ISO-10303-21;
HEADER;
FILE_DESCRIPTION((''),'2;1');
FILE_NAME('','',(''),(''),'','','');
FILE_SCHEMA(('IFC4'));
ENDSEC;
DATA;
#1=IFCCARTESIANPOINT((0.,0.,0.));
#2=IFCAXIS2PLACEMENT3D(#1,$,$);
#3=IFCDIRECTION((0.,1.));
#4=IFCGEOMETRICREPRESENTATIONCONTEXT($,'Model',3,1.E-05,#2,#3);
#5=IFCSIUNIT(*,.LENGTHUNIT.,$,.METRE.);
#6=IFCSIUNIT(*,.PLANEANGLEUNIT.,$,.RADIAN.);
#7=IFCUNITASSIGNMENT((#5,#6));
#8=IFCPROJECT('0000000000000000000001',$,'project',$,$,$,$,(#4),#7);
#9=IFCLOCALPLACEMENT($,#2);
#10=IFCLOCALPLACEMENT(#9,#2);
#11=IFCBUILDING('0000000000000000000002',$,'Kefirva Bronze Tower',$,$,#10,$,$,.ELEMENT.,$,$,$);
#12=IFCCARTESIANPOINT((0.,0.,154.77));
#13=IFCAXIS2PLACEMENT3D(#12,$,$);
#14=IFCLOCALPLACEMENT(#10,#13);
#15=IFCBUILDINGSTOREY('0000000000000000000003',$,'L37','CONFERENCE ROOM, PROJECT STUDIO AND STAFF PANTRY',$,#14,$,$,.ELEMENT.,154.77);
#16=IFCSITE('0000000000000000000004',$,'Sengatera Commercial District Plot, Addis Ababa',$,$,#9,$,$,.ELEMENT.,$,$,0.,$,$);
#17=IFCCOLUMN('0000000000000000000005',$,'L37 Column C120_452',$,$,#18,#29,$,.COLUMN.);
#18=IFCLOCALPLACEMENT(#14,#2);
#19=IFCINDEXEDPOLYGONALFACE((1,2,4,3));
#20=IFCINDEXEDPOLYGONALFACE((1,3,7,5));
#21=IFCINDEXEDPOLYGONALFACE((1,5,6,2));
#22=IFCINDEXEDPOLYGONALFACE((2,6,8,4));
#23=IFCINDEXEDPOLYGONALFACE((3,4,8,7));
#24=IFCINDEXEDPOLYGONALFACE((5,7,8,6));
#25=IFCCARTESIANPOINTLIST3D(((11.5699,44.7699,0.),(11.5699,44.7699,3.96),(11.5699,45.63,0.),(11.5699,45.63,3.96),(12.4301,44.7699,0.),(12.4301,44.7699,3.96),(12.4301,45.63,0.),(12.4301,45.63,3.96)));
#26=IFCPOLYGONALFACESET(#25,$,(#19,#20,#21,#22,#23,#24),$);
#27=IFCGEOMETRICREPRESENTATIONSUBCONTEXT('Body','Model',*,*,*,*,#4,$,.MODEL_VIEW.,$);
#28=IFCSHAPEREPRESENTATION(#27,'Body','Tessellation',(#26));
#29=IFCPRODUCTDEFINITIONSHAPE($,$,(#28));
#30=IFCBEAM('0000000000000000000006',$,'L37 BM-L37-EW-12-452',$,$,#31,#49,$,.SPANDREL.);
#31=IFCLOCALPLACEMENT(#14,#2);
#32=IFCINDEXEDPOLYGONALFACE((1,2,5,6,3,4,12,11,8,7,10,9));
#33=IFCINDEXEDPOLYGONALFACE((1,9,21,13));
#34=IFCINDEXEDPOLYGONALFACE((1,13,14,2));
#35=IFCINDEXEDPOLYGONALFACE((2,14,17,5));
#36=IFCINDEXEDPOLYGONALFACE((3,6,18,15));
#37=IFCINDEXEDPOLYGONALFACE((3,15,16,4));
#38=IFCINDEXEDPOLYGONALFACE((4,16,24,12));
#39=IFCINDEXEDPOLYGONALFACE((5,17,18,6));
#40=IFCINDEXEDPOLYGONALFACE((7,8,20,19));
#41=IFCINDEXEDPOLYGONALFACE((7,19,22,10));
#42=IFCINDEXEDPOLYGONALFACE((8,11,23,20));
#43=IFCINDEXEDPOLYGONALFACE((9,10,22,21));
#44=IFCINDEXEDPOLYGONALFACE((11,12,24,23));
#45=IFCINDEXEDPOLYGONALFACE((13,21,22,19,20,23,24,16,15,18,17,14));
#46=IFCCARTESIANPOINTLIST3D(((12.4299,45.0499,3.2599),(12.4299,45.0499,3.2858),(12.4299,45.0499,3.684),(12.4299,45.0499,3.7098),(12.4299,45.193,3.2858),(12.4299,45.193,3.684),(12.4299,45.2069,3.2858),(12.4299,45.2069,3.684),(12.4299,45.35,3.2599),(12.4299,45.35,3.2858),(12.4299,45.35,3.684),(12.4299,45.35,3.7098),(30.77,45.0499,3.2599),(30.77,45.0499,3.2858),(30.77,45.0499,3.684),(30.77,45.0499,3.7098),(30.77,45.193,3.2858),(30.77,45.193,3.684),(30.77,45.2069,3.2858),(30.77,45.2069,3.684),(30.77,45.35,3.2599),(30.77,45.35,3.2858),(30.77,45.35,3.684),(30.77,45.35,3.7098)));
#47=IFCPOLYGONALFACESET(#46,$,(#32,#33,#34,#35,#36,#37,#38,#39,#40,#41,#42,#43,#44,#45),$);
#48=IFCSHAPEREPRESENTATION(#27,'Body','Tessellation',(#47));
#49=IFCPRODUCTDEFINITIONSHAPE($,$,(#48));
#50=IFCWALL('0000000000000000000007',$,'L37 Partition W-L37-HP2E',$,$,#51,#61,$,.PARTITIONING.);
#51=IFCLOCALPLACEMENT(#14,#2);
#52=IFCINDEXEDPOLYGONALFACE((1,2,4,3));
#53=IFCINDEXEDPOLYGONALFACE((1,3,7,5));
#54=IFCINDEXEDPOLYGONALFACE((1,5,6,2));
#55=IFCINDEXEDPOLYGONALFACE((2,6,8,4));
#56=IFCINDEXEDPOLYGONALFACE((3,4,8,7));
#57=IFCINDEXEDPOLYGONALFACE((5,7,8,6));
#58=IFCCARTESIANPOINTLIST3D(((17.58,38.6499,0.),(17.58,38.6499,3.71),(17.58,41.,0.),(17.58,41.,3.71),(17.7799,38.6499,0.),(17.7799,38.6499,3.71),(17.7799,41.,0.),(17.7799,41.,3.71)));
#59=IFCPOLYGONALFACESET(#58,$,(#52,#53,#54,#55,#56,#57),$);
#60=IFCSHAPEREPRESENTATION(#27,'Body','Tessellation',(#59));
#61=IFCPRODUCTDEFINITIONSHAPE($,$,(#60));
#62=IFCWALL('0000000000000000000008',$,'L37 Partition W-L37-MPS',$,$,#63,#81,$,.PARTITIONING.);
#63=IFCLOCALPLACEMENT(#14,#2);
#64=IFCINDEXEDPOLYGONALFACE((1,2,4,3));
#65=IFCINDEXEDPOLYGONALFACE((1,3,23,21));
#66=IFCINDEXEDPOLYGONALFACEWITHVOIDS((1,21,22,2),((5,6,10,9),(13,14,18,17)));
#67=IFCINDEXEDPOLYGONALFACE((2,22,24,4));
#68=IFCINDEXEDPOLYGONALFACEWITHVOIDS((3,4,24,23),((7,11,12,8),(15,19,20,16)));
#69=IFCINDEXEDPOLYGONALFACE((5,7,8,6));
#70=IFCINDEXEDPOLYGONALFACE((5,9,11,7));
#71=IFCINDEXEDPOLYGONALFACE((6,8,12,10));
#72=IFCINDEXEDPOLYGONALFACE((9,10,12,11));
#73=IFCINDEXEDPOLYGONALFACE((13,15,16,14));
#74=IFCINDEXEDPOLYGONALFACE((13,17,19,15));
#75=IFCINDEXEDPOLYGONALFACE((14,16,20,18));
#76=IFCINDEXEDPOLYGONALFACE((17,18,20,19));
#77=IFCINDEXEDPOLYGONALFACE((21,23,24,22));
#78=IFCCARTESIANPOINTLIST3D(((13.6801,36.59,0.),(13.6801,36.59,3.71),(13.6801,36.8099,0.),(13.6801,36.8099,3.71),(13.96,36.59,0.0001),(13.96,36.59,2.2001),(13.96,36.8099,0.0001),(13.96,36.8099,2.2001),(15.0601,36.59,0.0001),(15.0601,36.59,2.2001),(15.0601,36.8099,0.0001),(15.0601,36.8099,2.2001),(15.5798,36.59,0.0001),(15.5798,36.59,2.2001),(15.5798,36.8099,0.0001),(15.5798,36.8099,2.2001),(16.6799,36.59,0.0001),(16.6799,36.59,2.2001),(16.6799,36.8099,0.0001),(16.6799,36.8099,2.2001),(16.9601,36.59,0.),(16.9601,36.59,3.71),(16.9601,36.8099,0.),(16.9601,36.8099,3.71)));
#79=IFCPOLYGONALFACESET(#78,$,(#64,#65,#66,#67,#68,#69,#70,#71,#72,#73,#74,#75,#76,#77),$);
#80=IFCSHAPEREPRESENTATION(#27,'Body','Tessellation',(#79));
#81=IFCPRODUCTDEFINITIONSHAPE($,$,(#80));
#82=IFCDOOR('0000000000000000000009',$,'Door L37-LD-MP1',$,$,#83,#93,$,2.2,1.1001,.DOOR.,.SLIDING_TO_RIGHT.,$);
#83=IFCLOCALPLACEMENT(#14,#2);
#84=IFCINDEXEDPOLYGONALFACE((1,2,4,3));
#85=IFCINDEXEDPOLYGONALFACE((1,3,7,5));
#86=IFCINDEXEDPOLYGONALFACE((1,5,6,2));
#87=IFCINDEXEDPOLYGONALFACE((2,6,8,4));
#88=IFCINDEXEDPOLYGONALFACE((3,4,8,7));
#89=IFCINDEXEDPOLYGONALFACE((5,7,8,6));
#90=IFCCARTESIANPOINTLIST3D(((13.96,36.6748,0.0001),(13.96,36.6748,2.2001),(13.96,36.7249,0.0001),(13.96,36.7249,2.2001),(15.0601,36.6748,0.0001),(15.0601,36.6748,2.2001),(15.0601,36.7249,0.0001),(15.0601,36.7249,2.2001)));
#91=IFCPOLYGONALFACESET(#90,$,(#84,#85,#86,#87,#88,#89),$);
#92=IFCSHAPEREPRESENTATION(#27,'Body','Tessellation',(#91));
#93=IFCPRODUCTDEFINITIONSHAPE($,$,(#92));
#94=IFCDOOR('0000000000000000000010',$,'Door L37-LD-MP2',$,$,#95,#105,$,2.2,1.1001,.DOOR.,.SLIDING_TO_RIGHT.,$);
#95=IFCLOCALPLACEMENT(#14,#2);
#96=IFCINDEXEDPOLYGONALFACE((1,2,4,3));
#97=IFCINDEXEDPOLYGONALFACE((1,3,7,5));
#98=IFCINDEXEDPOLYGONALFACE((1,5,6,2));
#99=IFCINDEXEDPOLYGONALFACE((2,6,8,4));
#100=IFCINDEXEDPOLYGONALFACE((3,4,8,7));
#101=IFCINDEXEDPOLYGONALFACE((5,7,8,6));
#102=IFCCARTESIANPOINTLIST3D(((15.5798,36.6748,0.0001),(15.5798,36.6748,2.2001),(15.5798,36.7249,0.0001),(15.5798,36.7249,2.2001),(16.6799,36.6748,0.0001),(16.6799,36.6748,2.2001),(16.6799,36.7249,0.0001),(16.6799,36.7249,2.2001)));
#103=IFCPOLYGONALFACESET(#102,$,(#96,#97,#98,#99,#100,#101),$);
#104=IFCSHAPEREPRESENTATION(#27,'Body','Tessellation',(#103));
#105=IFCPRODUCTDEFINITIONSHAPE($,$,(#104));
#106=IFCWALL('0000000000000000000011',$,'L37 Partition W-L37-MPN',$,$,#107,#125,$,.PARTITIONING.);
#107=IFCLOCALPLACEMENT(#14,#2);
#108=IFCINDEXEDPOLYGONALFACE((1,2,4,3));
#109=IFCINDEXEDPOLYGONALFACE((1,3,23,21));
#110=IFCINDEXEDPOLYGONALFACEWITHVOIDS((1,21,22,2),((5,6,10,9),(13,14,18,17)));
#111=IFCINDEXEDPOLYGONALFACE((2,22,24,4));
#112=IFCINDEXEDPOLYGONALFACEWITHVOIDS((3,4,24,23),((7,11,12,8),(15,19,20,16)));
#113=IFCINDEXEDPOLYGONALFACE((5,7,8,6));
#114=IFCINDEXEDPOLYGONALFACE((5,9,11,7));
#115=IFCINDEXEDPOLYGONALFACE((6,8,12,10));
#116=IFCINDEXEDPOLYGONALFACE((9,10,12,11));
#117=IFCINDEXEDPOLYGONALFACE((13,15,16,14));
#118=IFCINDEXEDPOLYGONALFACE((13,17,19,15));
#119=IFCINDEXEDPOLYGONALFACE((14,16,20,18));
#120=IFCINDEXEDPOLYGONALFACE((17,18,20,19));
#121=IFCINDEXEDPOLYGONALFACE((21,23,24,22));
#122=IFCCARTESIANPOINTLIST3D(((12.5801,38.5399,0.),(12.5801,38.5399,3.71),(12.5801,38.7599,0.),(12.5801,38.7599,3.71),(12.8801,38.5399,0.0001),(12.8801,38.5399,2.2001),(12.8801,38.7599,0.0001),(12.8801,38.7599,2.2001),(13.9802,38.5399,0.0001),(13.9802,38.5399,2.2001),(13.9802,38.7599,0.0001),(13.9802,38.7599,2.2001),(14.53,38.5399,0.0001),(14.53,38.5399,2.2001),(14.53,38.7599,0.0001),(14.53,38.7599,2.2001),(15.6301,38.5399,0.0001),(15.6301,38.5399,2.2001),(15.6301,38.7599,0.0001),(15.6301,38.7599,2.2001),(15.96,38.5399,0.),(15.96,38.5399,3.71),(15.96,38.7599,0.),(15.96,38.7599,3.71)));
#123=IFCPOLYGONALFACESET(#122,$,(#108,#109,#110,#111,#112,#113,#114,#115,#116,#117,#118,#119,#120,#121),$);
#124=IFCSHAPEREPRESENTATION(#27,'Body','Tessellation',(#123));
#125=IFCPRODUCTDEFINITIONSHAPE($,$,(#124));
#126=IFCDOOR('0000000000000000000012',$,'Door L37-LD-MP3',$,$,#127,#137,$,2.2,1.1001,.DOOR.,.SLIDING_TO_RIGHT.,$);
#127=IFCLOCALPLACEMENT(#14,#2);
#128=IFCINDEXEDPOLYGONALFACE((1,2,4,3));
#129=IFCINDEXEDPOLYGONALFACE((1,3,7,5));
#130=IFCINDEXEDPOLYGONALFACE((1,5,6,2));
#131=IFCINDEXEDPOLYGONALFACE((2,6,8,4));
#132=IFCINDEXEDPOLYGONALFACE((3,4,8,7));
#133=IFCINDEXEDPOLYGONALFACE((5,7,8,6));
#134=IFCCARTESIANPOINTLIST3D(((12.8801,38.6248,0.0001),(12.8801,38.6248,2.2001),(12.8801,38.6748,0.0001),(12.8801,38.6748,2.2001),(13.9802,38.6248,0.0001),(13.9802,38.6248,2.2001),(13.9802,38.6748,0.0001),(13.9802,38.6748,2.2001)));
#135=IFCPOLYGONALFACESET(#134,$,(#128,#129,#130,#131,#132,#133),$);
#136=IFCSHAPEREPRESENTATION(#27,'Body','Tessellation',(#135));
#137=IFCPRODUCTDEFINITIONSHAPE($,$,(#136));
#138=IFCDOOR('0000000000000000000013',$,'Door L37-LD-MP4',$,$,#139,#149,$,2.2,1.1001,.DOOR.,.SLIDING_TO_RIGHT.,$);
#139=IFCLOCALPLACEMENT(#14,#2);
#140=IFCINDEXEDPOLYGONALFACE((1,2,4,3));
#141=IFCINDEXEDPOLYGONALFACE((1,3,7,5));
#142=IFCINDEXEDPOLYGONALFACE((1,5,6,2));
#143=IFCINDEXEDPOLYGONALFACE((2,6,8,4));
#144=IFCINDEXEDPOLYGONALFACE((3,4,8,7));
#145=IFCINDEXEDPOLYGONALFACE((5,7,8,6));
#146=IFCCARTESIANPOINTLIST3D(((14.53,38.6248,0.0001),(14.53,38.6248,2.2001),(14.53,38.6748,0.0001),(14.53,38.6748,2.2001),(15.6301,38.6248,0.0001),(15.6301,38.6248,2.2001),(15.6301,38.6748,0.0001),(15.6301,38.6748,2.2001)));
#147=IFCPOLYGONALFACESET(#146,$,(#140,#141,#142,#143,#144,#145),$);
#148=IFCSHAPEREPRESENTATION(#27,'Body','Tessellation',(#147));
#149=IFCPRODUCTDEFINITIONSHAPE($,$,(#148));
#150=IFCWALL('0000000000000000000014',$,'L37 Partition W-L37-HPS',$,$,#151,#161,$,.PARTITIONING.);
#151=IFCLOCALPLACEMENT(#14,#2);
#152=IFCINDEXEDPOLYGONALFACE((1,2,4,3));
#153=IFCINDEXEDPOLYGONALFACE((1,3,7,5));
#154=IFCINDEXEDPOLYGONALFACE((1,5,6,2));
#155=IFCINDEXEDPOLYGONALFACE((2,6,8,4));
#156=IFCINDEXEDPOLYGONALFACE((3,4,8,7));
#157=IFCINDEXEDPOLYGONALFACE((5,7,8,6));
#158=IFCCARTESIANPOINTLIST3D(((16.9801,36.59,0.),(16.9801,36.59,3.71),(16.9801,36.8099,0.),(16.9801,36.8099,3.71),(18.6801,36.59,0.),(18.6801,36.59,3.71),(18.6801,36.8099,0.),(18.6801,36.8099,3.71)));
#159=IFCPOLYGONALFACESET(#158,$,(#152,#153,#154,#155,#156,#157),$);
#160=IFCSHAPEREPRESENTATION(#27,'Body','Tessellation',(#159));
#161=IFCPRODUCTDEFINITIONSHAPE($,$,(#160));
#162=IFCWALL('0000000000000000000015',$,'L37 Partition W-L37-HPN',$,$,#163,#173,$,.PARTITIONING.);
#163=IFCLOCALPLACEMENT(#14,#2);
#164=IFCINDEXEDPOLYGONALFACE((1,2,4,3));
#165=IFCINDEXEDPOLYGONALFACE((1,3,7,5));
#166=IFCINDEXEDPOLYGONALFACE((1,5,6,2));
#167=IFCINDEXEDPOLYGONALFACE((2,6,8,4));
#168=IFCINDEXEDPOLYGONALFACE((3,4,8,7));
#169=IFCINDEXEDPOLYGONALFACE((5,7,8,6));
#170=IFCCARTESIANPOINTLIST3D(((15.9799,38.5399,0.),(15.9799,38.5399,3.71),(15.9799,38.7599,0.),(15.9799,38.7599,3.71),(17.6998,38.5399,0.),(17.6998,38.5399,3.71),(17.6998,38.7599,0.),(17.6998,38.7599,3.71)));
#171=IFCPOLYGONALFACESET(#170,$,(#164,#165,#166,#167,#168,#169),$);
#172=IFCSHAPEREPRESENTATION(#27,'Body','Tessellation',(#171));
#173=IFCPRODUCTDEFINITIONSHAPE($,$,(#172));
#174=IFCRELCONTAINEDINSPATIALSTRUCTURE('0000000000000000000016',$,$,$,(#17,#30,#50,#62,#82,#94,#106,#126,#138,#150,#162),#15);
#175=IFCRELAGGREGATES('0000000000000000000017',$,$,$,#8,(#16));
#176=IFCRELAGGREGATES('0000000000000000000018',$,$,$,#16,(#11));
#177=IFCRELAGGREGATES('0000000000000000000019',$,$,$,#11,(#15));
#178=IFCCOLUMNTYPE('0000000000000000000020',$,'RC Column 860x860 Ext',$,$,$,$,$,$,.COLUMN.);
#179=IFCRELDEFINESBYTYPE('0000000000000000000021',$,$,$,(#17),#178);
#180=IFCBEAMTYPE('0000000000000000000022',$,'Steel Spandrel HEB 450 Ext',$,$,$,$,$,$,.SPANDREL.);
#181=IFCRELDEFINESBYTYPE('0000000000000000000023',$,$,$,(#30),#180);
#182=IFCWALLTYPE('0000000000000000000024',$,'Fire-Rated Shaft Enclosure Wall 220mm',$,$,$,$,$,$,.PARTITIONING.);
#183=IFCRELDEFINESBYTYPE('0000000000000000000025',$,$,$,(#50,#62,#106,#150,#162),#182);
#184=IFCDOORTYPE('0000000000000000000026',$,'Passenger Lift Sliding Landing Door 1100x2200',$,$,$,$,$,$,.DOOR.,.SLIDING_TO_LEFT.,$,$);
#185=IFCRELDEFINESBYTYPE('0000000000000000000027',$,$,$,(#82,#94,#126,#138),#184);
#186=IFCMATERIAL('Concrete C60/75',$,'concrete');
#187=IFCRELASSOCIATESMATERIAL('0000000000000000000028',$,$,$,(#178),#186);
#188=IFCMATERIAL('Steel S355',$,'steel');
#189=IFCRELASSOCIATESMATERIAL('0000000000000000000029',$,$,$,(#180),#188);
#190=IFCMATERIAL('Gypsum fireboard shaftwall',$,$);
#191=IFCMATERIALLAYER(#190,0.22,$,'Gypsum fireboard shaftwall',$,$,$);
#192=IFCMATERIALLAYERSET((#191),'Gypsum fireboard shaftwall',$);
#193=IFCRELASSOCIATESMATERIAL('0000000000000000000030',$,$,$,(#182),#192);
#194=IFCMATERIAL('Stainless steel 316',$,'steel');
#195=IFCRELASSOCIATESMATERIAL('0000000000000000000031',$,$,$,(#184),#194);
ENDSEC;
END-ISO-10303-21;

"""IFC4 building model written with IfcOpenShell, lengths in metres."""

from ifc_helpers import new_model, si_unit, direction, frame, frame_2d, origin, origin_2d, place, context, subcontext, project, spatial, rectangle, i_section, extrude, material, layer, layer_set, material_profile, profile_set, type_object, element, fill, save


model = new_model("IFC4")

# Units and contexts
model_context = context("Model", 3, precision=1e-05, world=origin(), true_north=direction((0.0, 1.0)))
body_context = subcontext(model_context, "Body", "Model", "MODEL_VIEW")
ifc_project = project(units=[si_unit("LENGTHUNIT", "METRE"), si_unit("PLANEANGLEUNIT", "RADIAN")], contexts=[model_context])

# Site, building, storey
site_placement = place(None, origin())
site = spatial("IfcSite", under=ifc_project, at=site_placement, Name="Sengatera Commercial District Plot, Addis Ababa", CompositionType="ELEMENT", RefElevation=0.0)
building_placement = place(site_placement, origin())
building = spatial("IfcBuilding", under=site, at=building_placement, Name="Kefirva Bronze Tower", CompositionType="ELEMENT")
storey_placement = place(building_placement, frame((0.0, 0.0, 154.77)))
storey = spatial("IfcBuildingStorey", under=building, at=storey_placement, Name="L37", Description="CONFERENCE ROOM, PROJECT STUDIO AND STAFF PANTRY", CompositionType="ELEMENT", Elevation=154.77)

# Column
ifc_material_1 = material(Name="Concrete C60/75", Category="concrete")
ifc_material_profile_1 = material_profile(ifc_material_1, rectangle(XDim=0.8601, YDim=0.8601, at=origin_2d()), Name="RC 860x860")
ifc_profile_set_1 = profile_set([ifc_material_profile_1], Name="Concrete C60/75")
column_type = type_object("IfcColumnType", Name="RC Column 860x860 Ext", PredefinedType="COLUMN", material=ifc_profile_set_1)
column_placement = place(storey_placement, frame((12.0, 45.2, 0.0), z_axis=(0.0, 0.0, 1.0), x_axis=(1.0, 0.0, 0.0)))
element("IfcColumn", 1, at=column_placement, inside=storey, type_object=column_type, Name="L37 Column C120_452", PredefinedType="COLUMN", context=body_context, shape_type="SweptSolid", body=[
    extrude(rectangle(XDim=0.8601, YDim=0.8601, at=origin_2d()), origin(), (0.0, 0.0, 1.0), 3.96),
])

# Beam
ifc_material_2 = material(Name="Steel S355", Category="steel")
ifc_material_profile_2 = material_profile(ifc_material_2, i_section(OverallWidth=0.3, OverallDepth=0.45, WebThickness=0.0139, FlangeThickness=0.0259, at=origin_2d()), Name="HEB 450")
ifc_profile_set_2 = profile_set([ifc_material_profile_2], Name="Steel S355")
beam_type = type_object("IfcBeamType", Name="Steel Spandrel HEB 450 Ext", PredefinedType="SPANDREL", material=ifc_profile_set_2)
beam_placement = place(storey_placement, frame((12.4299, 45.2, 3.4849), z_axis=(1.0, 0.0, 0.0), x_axis=(0.0, 1.0, 0.0)))
element("IfcBeam", 2, at=beam_placement, inside=storey, type_object=beam_type, Name="L37 BM-L37-EW-12-452", PredefinedType="SPANDREL", context=body_context, shape_type="SweptSolid", body=[
    extrude(i_section(OverallWidth=0.3, OverallDepth=0.45, WebThickness=0.0139, FlangeThickness=0.0259, at=origin_2d()), origin(), (0.0, 0.0, 1.0), 18.3401),
])

# Wall
ifc_material_3 = material(Name="Gypsum fireboard shaftwall")
ifc_layer_1 = layer(ifc_material_3, 0.22, Name="Gypsum fireboard shaftwall")
ifc_layer_set_1 = layer_set([ifc_layer_1], Name="Gypsum fireboard shaftwall")
wall_type_1 = type_object("IfcWallType", Name="Fire-Rated Shaft Enclosure Wall 220mm", PredefinedType="PARTITIONING", material=ifc_layer_set_1)
wall_1_placement = place(storey_placement, frame((17.6799, 38.6499, 0.0), z_axis=(0.0, 0.0, 1.0), x_axis=(0.0, 1.0, 0.0)))
element("IfcWall", 3, at=wall_1_placement, inside=storey, type_object=wall_type_1, Name="L37 Partition W-L37-HP2E", PredefinedType="PARTITIONING", context=body_context, shape_type="SweptSolid", body=[
    extrude(rectangle(XDim=2.3501, YDim=0.2, at=frame_2d((1.175, 0.0))), origin(), (0.0, 0.0, 1.0), 3.71),
])

# Walls, openings, doors
wall_2_placement = place(storey_placement, frame((13.6799, 36.7, 0.0), z_axis=(0.0, 0.0, 1.0), x_axis=(1.0, 0.0, 0.0)))
wall_2 = element("IfcWall", 4, at=wall_2_placement, inside=storey, type_object=wall_type_1, Name="L37 Partition W-L37-MPS", PredefinedType="PARTITIONING", context=body_context, shape_type="SweptSolid", body=[
    extrude(rectangle(XDim=3.28, YDim=0.22, at=frame_2d((1.6401, 0.0))), origin(), (0.0, 0.0, 1.0), 3.71),
])
opening_1_placement = place(wall_2_placement, frame((0.28, 0.0, 0.0)))
opening_1 = element("IfcOpeningElement", 5, at=opening_1_placement, cuts=wall_2, PredefinedType="OPENING", context=body_context, shape_type="SweptSolid", body=[
    extrude(rectangle(XDim=1.1001, YDim=2.2, at=frame_2d((0.55, 1.1001))), frame((0.0, 0.1201, 0.0), z_axis=(0.0, -1.0, 0.0), x_axis=(1.0, 0.0, 0.0)), (0.0, 0.0, 1.0), 0.24),
])
opening_2_placement = place(wall_2_placement, frame((1.8999, 0.0, 0.0)))
opening_2 = element("IfcOpeningElement", 6, at=opening_2_placement, cuts=wall_2, PredefinedType="OPENING", context=body_context, shape_type="SweptSolid", body=[
    extrude(rectangle(XDim=1.1001, YDim=2.2, at=frame_2d((0.55, 1.1001))), frame((0.0, 0.1201, 0.0), z_axis=(0.0, -1.0, 0.0), x_axis=(1.0, 0.0, 0.0)), (0.0, 0.0, 1.0), 0.24),
])
ifc_material_4 = material(Name="Stainless steel 316", Category="steel")
door_type_1 = type_object("IfcDoorType", Name="Passenger Lift Sliding Landing Door 1100x2200", OperationType="SLIDING_TO_LEFT", PredefinedType="DOOR", material=ifc_material_4)
door_1_placement = place(opening_1_placement, origin())
door_1 = element("IfcDoor", 7, at=door_1_placement, inside=storey, type_object=door_type_1, Name="Door L37-LD-MP1", OperationType="SLIDING_TO_RIGHT", OverallHeight=2.2, OverallWidth=1.1001, PredefinedType="DOOR", context=body_context, shape_type="SweptSolid", body=[
    extrude(rectangle(XDim=1.1001, YDim=2.2, at=frame_2d((0.55, 1.1001))), frame((0.0, 0.0249, 0.0), z_axis=(0.0, -1.0, 0.0), x_axis=(1.0, 0.0, 0.0)), (0.0, 0.0, 1.0), 0.05),
])
fill(opening_1, door_1)
door_2_placement = place(opening_2_placement, origin())
door_2 = element("IfcDoor", 8, at=door_2_placement, inside=storey, type_object=door_type_1, Name="Door L37-LD-MP2", OperationType="SLIDING_TO_RIGHT", OverallHeight=2.2, OverallWidth=1.1001, PredefinedType="DOOR", context=body_context, shape_type="SweptSolid", body=[
    extrude(rectangle(XDim=1.1001, YDim=2.2, at=frame_2d((0.55, 1.1001))), frame((0.0, 0.0249, 0.0), z_axis=(0.0, -1.0, 0.0), x_axis=(1.0, 0.0, 0.0)), (0.0, 0.0, 1.0), 0.05),
])
fill(opening_2, door_2)
wall_3_placement = place(storey_placement, frame((12.5801, 38.6499, 0.0), z_axis=(0.0, 0.0, 1.0), x_axis=(1.0, 0.0, 0.0)))
wall_3 = element("IfcWall", 9, at=wall_3_placement, inside=storey, type_object=wall_type_1, Name="L37 Partition W-L37-MPN", PredefinedType="PARTITIONING", context=body_context, shape_type="SweptSolid", body=[
    extrude(rectangle(XDim=3.3799, YDim=0.22, at=frame_2d((1.6899, 0.0))), origin(), (0.0, 0.0, 1.0), 3.71),
])
opening_3_placement = place(wall_3_placement, frame((0.3, 0.0, 0.0)))
opening_3 = element("IfcOpeningElement", 10, at=opening_3_placement, cuts=wall_3, PredefinedType="OPENING", context=body_context, shape_type="SweptSolid", body=[
    extrude(rectangle(XDim=1.1001, YDim=2.2, at=frame_2d((0.55, 1.1001))), frame((0.0, 0.1201, 0.0), z_axis=(0.0, -1.0, 0.0), x_axis=(1.0, 0.0, 0.0)), (0.0, 0.0, 1.0), 0.24),
])
opening_4_placement = place(wall_3_placement, frame((1.95, 0.0, 0.0)))
opening_4 = element("IfcOpeningElement", 11, at=opening_4_placement, cuts=wall_3, PredefinedType="OPENING", context=body_context, shape_type="SweptSolid", body=[
    extrude(rectangle(XDim=1.1001, YDim=2.2, at=frame_2d((0.55, 1.1001))), frame((0.0, 0.1201, 0.0), z_axis=(0.0, -1.0, 0.0), x_axis=(1.0, 0.0, 0.0)), (0.0, 0.0, 1.0), 0.24),
])
door_3_placement = place(opening_3_placement, origin())
door_3 = element("IfcDoor", 12, at=door_3_placement, inside=storey, type_object=door_type_1, Name="Door L37-LD-MP3", OperationType="SLIDING_TO_RIGHT", OverallHeight=2.2, OverallWidth=1.1001, PredefinedType="DOOR", context=body_context, shape_type="SweptSolid", body=[
    extrude(rectangle(XDim=1.1001, YDim=2.2, at=frame_2d((0.55, 1.1001))), frame((0.0, 0.0249, 0.0), z_axis=(0.0, -1.0, 0.0), x_axis=(1.0, 0.0, 0.0)), (0.0, 0.0, 1.0), 0.05),
])
fill(opening_3, door_3)
door_4_placement = place(opening_4_placement, origin())
door_4 = element("IfcDoor", 13, at=door_4_placement, inside=storey, type_object=door_type_1, Name="Door L37-LD-MP4", OperationType="SLIDING_TO_RIGHT", OverallHeight=2.2, OverallWidth=1.1001, PredefinedType="DOOR", context=body_context, shape_type="SweptSolid", body=[
    extrude(rectangle(XDim=1.1001, YDim=2.2, at=frame_2d((0.55, 1.1001))), frame((0.0, 0.0249, 0.0), z_axis=(0.0, -1.0, 0.0), x_axis=(1.0, 0.0, 0.0)), (0.0, 0.0, 1.0), 0.05),
])
fill(opening_4, door_4)

# Walls
wall_4_placement = place(storey_placement, frame((16.98, 36.7, 0.0), z_axis=(0.0, 0.0, 1.0), x_axis=(1.0, 0.0, 0.0)))
element("IfcWall", 14, at=wall_4_placement, inside=storey, type_object=wall_type_1, Name="L37 Partition W-L37-HPS", PredefinedType="PARTITIONING", context=body_context, shape_type="SweptSolid", body=[
    extrude(rectangle(XDim=1.7, YDim=0.22, at=frame_2d((0.8501, 0.0))), origin(), (0.0, 0.0, 1.0), 3.71),
])
wall_5_placement = place(storey_placement, frame((15.98, 38.6499, 0.0), z_axis=(0.0, 0.0, 1.0), x_axis=(1.0, 0.0, 0.0)))
element("IfcWall", 15, at=wall_5_placement, inside=storey, type_object=wall_type_1, Name="L37 Partition W-L37-HPN", PredefinedType="PARTITIONING", context=body_context, shape_type="SweptSolid", body=[
    extrude(rectangle(XDim=1.72, YDim=0.22, at=frame_2d((0.8599, 0.0))), origin(), (0.0, 0.0, 1.0), 3.71),
])

save(model, "model.ifc")
